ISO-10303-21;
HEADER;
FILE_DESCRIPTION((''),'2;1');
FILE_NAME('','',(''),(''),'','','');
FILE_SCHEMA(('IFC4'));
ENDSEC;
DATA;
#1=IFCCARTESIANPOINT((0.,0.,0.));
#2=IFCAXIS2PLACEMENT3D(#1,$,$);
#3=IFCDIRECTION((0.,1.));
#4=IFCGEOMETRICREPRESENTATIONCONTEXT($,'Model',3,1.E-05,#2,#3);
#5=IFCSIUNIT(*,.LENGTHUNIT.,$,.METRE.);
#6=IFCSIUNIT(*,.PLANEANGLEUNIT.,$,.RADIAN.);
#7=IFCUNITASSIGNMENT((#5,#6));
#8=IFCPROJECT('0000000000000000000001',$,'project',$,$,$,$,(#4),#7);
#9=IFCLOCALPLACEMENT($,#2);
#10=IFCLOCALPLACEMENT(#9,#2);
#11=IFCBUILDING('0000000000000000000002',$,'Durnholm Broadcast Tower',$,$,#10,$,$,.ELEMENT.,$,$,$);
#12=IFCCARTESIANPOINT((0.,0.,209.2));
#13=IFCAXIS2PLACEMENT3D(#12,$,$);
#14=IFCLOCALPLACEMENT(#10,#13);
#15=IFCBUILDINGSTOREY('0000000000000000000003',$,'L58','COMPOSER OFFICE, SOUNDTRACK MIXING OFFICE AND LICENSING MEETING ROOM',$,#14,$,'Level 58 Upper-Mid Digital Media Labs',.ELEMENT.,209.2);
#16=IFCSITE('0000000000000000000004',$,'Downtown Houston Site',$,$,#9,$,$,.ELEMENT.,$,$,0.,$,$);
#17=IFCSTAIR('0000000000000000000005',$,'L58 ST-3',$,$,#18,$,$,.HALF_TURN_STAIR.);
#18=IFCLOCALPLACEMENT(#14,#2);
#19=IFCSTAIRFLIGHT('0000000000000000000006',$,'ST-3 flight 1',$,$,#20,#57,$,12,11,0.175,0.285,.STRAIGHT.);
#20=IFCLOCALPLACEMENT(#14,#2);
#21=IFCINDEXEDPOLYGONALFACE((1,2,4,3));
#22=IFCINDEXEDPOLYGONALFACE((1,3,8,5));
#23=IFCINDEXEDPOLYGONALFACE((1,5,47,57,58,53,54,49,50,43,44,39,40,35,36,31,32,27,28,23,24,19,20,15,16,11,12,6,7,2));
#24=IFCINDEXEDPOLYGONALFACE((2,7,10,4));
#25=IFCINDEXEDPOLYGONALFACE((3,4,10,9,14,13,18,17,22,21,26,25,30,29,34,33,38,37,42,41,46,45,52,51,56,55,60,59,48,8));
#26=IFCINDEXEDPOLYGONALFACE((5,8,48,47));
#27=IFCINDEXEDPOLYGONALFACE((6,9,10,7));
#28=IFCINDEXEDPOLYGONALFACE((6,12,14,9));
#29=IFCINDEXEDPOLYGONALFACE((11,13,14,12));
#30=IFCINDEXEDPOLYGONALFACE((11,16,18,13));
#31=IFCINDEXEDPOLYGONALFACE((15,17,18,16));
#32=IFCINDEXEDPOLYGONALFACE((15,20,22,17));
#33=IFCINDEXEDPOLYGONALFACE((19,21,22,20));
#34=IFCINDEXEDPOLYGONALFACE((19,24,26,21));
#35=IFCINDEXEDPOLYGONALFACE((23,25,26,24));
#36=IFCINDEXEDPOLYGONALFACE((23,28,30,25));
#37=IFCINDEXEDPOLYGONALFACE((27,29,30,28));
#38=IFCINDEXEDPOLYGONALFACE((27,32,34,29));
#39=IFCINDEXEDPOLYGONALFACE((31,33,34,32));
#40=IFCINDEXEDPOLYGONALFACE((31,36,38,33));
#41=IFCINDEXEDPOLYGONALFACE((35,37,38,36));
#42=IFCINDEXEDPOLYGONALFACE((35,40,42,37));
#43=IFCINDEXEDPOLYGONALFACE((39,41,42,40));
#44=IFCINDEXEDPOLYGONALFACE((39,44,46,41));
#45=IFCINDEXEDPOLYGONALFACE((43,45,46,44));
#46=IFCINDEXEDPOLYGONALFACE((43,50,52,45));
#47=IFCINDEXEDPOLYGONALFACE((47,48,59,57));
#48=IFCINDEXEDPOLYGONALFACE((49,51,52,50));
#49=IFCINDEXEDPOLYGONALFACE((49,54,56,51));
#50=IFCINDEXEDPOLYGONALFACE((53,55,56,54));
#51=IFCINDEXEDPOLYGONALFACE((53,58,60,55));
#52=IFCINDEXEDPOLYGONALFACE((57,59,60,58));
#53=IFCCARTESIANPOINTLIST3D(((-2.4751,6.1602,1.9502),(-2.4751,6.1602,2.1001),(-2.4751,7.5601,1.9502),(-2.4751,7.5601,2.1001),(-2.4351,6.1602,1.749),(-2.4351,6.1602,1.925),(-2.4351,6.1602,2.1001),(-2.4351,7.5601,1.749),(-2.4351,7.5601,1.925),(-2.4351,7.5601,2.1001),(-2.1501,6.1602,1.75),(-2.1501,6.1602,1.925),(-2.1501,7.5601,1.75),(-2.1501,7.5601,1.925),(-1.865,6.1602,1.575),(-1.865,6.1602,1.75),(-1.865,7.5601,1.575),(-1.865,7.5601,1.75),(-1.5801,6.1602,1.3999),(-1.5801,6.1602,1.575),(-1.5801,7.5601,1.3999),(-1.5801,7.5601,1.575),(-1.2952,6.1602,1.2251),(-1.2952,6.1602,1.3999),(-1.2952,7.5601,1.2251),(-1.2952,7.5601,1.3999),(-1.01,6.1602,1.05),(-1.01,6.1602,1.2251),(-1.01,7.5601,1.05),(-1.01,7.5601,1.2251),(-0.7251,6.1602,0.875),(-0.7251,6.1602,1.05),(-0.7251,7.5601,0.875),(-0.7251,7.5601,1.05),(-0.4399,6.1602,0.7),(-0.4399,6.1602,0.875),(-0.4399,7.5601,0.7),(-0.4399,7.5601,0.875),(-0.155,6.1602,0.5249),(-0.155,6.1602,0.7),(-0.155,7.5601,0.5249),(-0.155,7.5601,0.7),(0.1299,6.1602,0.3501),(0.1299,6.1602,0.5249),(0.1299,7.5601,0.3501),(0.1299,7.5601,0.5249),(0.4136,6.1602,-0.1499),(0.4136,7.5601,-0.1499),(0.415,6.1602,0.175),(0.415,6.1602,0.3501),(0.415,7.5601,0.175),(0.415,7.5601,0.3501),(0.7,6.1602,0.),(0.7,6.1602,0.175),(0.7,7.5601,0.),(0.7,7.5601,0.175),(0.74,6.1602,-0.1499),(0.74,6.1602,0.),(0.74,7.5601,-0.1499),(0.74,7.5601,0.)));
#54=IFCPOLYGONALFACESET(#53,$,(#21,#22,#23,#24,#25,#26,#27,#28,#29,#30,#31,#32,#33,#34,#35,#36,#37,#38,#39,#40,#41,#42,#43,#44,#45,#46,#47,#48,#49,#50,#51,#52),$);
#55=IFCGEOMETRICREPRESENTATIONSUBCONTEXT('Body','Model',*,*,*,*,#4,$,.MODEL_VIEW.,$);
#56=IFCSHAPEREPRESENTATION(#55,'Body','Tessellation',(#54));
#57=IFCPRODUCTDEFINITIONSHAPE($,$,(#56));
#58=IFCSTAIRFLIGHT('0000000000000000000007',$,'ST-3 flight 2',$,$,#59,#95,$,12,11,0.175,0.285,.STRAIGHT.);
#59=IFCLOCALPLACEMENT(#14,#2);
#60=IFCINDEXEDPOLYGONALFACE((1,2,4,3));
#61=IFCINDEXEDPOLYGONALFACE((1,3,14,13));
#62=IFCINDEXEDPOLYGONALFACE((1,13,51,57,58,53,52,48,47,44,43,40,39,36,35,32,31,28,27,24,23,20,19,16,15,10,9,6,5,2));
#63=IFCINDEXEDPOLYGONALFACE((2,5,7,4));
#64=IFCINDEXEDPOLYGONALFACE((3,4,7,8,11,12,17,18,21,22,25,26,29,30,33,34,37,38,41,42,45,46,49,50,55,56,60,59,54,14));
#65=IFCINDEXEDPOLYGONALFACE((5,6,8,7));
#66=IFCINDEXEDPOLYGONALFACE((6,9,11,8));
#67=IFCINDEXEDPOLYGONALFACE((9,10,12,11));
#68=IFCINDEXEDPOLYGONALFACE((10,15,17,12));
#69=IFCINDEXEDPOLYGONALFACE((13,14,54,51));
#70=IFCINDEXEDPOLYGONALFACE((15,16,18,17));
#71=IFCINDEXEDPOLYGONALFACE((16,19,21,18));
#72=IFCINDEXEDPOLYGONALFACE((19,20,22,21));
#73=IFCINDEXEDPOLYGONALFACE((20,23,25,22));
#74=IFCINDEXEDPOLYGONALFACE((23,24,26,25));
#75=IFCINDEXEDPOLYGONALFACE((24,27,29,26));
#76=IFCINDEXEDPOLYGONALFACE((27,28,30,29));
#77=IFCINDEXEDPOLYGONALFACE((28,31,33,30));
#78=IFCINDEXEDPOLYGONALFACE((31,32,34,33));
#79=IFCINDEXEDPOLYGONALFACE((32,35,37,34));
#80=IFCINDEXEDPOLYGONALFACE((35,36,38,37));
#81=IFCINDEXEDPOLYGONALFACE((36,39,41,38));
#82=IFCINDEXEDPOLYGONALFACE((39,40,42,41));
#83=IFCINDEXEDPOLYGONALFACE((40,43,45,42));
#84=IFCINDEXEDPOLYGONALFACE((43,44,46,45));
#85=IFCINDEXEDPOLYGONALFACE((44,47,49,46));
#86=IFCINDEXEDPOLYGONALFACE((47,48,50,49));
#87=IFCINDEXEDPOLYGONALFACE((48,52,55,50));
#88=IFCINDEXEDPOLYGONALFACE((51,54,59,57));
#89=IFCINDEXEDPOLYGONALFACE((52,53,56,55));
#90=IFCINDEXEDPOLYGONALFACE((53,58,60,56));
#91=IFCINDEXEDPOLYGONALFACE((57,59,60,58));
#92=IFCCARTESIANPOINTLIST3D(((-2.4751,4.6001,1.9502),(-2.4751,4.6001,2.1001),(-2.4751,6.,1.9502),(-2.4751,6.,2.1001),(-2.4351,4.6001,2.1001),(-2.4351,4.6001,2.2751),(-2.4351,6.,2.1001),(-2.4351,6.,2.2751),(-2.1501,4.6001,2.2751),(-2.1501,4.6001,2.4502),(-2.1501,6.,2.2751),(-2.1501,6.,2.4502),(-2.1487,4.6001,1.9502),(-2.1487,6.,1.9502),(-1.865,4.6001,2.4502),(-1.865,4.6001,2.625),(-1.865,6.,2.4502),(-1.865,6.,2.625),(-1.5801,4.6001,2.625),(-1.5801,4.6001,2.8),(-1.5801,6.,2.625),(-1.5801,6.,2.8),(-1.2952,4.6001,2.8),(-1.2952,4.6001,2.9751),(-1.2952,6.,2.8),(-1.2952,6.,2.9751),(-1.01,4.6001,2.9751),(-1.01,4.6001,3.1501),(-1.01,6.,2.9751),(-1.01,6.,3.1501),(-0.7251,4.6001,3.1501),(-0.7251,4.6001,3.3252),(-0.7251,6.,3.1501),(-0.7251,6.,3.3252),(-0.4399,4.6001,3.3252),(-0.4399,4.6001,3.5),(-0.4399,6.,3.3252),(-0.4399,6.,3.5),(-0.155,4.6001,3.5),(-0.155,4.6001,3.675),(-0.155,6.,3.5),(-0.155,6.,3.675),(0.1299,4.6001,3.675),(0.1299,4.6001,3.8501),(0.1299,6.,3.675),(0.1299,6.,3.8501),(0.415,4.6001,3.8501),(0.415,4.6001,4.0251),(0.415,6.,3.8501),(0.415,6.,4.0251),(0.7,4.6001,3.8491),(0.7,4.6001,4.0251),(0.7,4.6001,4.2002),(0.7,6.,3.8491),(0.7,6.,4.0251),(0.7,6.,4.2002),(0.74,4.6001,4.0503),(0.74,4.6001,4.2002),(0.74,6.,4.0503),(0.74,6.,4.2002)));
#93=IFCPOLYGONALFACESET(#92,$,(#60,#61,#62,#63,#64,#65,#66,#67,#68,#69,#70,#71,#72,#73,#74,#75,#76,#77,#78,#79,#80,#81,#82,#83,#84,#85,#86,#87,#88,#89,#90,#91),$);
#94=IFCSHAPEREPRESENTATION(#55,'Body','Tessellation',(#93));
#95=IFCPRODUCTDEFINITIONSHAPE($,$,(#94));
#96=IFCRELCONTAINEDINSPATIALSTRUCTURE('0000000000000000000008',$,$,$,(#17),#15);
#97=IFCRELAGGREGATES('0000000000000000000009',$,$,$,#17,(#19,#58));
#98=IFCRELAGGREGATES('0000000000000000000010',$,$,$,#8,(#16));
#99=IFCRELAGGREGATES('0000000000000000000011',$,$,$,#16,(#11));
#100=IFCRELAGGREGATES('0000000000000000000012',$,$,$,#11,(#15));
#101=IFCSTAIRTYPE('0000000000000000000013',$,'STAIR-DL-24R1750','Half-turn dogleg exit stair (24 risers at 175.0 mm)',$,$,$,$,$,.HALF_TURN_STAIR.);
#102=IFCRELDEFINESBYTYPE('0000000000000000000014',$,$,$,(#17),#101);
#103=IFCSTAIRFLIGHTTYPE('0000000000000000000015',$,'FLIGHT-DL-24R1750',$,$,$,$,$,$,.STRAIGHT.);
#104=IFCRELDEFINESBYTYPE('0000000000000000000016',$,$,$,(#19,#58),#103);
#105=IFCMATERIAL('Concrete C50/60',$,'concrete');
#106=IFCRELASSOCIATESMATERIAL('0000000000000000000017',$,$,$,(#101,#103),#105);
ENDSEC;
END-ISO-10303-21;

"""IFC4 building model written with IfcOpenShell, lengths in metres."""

from ifc_helpers import new_model, si_unit, direction, frame, origin, place, context, subcontext, project, spatial, polyline, outline, extrude, material, type_object, element, aggregate, save


model = new_model("IFC4")

# Units and contexts
model_context = context("Model", 3, precision=1e-05, world=origin(), true_north=direction((0.0, 1.0)))
body_context = subcontext(model_context, "Body", "Model", "MODEL_VIEW")
ifc_project = project(units=[si_unit("LENGTHUNIT", "METRE"), si_unit("PLANEANGLEUNIT", "RADIAN")], contexts=[model_context])

# Site, building, storey
site_placement = place(None, origin())
site = spatial("IfcSite", under=ifc_project, at=site_placement, Name="Downtown Houston Site", CompositionType="ELEMENT", RefElevation=0.0)
building_placement = place(site_placement, origin())
building = spatial("IfcBuilding", under=site, at=building_placement, Name="Durnholm Broadcast Tower", CompositionType="ELEMENT")
storey_placement = place(building_placement, frame((0.0, 0.0, 209.2)))
storey = spatial("IfcBuildingStorey", under=building, at=storey_placement, Name="L58", Description="COMPOSER OFFICE, SOUNDTRACK MIXING OFFICE AND LICENSING MEETING ROOM", LongName="Level 58 Upper-Mid Digital Media Labs", CompositionType="ELEMENT", Elevation=209.2)

# Stair
ifc_material_1 = material(Name="Concrete C50/60", Category="concrete")
stair_type = type_object("IfcStairType", Name="STAIR-DL-24R1750", Description="Half-turn dogleg exit stair (24 risers at 175.0 mm)", PredefinedType="HALF_TURN_STAIR", material=ifc_material_1)
stair_1_placement = place(storey_placement, origin())
stair_1 = element("IfcStair", 1, at=stair_1_placement, inside=storey, type_object=stair_type, Name="L58 ST-3", PredefinedType="HALF_TURN_STAIR")

# Stair flights
stair_flight_type = type_object("IfcStairFlightType", Name="FLIGHT-DL-24R1750", PredefinedType="STRAIGHT", material=ifc_material_1)
stair_flight_1_placement = place(storey_placement, frame((0.7, 6.8601, 0.0), z_axis=(0.0, 0.0, 1.0), x_axis=(-1.0, 0.0, 0.0)))
stair_flight_1 = element("IfcStairFlight", 2, at=stair_flight_1_placement, type_object=stair_flight_type, Name="ST-3 flight 1", NumberOfRisers=12, NumberOfTreads=11, PredefinedType="STRAIGHT", RiserHeight=0.175, TreadLength=0.285, context=body_context, shape_type="SweptSolid", body=[
    extrude(outline(polyline([(-0.04, -0.1499), (-0.04, 0.0), (0.0, 0.0), (0.0, 0.175), (0.2849, 0.175), (0.2849, 0.3501), (0.5701, 0.3501), (0.5701, 0.5249), (0.855, 0.5249), (0.855, 0.7), (1.1399, 0.7), (1.1399, 0.875), (1.425, 0.875), (1.425, 1.05), (1.71, 1.05), (1.71, 1.2251), (1.9951, 1.2251), (1.9951, 1.3999), (2.28, 1.3999), (2.28, 1.575), (2.5649, 1.575), (2.5649, 1.75), (2.8501, 1.75), (2.8501, 1.925), (3.135, 1.925), (3.135, 2.1001), (3.175, 2.1001), (3.175, 1.9502), (3.135, 1.749), (0.2864, -0.1499), (-0.04, -0.1499)])), frame((0.0, 0.7, 0.0), z_axis=(0.0, -1.0, 0.0), x_axis=(1.0, 0.0, 0.0)), (0.0, 0.0, 1.0), 1.3999),
])
stair_flight_2_placement = place(storey_placement, frame((-2.4351, 5.3, 2.1001), z_axis=(0.0, 0.0, 1.0), x_axis=(1.0, 0.0, 0.0)))
stair_flight_2 = element("IfcStairFlight", 3, at=stair_flight_2_placement, type_object=stair_flight_type, Name="ST-3 flight 2", NumberOfRisers=12, NumberOfTreads=11, PredefinedType="STRAIGHT", RiserHeight=0.175, TreadLength=0.285, context=body_context, shape_type="SweptSolid", body=[
    extrude(outline(polyline([(-0.04, -0.1499), (-0.04, 0.0), (0.0, 0.0), (0.0, 0.175), (0.2849, 0.175), (0.2849, 0.3501), (0.5701, 0.3501), (0.5701, 0.5249), (0.855, 0.5249), (0.855, 0.7), (1.1399, 0.7), (1.1399, 0.875), (1.425, 0.875), (1.425, 1.05), (1.71, 1.05), (1.71, 1.2251), (1.9951, 1.2251), (1.9951, 1.3999), (2.28, 1.3999), (2.28, 1.575), (2.5649, 1.575), (2.5649, 1.75), (2.8501, 1.75), (2.8501, 1.925), (3.135, 1.925), (3.135, 2.1001), (3.175, 2.1001), (3.175, 1.9502), (3.135, 1.749), (0.2864, -0.1499), (-0.04, -0.1499)])), frame((0.0, 0.7, 0.0), z_axis=(0.0, -1.0, 0.0), x_axis=(1.0, 0.0, 0.0)), (0.0, 0.0, 1.0), 1.3999),
])
aggregate(stair_1, [stair_flight_1, stair_flight_2])

save(model, "model.ifc")
